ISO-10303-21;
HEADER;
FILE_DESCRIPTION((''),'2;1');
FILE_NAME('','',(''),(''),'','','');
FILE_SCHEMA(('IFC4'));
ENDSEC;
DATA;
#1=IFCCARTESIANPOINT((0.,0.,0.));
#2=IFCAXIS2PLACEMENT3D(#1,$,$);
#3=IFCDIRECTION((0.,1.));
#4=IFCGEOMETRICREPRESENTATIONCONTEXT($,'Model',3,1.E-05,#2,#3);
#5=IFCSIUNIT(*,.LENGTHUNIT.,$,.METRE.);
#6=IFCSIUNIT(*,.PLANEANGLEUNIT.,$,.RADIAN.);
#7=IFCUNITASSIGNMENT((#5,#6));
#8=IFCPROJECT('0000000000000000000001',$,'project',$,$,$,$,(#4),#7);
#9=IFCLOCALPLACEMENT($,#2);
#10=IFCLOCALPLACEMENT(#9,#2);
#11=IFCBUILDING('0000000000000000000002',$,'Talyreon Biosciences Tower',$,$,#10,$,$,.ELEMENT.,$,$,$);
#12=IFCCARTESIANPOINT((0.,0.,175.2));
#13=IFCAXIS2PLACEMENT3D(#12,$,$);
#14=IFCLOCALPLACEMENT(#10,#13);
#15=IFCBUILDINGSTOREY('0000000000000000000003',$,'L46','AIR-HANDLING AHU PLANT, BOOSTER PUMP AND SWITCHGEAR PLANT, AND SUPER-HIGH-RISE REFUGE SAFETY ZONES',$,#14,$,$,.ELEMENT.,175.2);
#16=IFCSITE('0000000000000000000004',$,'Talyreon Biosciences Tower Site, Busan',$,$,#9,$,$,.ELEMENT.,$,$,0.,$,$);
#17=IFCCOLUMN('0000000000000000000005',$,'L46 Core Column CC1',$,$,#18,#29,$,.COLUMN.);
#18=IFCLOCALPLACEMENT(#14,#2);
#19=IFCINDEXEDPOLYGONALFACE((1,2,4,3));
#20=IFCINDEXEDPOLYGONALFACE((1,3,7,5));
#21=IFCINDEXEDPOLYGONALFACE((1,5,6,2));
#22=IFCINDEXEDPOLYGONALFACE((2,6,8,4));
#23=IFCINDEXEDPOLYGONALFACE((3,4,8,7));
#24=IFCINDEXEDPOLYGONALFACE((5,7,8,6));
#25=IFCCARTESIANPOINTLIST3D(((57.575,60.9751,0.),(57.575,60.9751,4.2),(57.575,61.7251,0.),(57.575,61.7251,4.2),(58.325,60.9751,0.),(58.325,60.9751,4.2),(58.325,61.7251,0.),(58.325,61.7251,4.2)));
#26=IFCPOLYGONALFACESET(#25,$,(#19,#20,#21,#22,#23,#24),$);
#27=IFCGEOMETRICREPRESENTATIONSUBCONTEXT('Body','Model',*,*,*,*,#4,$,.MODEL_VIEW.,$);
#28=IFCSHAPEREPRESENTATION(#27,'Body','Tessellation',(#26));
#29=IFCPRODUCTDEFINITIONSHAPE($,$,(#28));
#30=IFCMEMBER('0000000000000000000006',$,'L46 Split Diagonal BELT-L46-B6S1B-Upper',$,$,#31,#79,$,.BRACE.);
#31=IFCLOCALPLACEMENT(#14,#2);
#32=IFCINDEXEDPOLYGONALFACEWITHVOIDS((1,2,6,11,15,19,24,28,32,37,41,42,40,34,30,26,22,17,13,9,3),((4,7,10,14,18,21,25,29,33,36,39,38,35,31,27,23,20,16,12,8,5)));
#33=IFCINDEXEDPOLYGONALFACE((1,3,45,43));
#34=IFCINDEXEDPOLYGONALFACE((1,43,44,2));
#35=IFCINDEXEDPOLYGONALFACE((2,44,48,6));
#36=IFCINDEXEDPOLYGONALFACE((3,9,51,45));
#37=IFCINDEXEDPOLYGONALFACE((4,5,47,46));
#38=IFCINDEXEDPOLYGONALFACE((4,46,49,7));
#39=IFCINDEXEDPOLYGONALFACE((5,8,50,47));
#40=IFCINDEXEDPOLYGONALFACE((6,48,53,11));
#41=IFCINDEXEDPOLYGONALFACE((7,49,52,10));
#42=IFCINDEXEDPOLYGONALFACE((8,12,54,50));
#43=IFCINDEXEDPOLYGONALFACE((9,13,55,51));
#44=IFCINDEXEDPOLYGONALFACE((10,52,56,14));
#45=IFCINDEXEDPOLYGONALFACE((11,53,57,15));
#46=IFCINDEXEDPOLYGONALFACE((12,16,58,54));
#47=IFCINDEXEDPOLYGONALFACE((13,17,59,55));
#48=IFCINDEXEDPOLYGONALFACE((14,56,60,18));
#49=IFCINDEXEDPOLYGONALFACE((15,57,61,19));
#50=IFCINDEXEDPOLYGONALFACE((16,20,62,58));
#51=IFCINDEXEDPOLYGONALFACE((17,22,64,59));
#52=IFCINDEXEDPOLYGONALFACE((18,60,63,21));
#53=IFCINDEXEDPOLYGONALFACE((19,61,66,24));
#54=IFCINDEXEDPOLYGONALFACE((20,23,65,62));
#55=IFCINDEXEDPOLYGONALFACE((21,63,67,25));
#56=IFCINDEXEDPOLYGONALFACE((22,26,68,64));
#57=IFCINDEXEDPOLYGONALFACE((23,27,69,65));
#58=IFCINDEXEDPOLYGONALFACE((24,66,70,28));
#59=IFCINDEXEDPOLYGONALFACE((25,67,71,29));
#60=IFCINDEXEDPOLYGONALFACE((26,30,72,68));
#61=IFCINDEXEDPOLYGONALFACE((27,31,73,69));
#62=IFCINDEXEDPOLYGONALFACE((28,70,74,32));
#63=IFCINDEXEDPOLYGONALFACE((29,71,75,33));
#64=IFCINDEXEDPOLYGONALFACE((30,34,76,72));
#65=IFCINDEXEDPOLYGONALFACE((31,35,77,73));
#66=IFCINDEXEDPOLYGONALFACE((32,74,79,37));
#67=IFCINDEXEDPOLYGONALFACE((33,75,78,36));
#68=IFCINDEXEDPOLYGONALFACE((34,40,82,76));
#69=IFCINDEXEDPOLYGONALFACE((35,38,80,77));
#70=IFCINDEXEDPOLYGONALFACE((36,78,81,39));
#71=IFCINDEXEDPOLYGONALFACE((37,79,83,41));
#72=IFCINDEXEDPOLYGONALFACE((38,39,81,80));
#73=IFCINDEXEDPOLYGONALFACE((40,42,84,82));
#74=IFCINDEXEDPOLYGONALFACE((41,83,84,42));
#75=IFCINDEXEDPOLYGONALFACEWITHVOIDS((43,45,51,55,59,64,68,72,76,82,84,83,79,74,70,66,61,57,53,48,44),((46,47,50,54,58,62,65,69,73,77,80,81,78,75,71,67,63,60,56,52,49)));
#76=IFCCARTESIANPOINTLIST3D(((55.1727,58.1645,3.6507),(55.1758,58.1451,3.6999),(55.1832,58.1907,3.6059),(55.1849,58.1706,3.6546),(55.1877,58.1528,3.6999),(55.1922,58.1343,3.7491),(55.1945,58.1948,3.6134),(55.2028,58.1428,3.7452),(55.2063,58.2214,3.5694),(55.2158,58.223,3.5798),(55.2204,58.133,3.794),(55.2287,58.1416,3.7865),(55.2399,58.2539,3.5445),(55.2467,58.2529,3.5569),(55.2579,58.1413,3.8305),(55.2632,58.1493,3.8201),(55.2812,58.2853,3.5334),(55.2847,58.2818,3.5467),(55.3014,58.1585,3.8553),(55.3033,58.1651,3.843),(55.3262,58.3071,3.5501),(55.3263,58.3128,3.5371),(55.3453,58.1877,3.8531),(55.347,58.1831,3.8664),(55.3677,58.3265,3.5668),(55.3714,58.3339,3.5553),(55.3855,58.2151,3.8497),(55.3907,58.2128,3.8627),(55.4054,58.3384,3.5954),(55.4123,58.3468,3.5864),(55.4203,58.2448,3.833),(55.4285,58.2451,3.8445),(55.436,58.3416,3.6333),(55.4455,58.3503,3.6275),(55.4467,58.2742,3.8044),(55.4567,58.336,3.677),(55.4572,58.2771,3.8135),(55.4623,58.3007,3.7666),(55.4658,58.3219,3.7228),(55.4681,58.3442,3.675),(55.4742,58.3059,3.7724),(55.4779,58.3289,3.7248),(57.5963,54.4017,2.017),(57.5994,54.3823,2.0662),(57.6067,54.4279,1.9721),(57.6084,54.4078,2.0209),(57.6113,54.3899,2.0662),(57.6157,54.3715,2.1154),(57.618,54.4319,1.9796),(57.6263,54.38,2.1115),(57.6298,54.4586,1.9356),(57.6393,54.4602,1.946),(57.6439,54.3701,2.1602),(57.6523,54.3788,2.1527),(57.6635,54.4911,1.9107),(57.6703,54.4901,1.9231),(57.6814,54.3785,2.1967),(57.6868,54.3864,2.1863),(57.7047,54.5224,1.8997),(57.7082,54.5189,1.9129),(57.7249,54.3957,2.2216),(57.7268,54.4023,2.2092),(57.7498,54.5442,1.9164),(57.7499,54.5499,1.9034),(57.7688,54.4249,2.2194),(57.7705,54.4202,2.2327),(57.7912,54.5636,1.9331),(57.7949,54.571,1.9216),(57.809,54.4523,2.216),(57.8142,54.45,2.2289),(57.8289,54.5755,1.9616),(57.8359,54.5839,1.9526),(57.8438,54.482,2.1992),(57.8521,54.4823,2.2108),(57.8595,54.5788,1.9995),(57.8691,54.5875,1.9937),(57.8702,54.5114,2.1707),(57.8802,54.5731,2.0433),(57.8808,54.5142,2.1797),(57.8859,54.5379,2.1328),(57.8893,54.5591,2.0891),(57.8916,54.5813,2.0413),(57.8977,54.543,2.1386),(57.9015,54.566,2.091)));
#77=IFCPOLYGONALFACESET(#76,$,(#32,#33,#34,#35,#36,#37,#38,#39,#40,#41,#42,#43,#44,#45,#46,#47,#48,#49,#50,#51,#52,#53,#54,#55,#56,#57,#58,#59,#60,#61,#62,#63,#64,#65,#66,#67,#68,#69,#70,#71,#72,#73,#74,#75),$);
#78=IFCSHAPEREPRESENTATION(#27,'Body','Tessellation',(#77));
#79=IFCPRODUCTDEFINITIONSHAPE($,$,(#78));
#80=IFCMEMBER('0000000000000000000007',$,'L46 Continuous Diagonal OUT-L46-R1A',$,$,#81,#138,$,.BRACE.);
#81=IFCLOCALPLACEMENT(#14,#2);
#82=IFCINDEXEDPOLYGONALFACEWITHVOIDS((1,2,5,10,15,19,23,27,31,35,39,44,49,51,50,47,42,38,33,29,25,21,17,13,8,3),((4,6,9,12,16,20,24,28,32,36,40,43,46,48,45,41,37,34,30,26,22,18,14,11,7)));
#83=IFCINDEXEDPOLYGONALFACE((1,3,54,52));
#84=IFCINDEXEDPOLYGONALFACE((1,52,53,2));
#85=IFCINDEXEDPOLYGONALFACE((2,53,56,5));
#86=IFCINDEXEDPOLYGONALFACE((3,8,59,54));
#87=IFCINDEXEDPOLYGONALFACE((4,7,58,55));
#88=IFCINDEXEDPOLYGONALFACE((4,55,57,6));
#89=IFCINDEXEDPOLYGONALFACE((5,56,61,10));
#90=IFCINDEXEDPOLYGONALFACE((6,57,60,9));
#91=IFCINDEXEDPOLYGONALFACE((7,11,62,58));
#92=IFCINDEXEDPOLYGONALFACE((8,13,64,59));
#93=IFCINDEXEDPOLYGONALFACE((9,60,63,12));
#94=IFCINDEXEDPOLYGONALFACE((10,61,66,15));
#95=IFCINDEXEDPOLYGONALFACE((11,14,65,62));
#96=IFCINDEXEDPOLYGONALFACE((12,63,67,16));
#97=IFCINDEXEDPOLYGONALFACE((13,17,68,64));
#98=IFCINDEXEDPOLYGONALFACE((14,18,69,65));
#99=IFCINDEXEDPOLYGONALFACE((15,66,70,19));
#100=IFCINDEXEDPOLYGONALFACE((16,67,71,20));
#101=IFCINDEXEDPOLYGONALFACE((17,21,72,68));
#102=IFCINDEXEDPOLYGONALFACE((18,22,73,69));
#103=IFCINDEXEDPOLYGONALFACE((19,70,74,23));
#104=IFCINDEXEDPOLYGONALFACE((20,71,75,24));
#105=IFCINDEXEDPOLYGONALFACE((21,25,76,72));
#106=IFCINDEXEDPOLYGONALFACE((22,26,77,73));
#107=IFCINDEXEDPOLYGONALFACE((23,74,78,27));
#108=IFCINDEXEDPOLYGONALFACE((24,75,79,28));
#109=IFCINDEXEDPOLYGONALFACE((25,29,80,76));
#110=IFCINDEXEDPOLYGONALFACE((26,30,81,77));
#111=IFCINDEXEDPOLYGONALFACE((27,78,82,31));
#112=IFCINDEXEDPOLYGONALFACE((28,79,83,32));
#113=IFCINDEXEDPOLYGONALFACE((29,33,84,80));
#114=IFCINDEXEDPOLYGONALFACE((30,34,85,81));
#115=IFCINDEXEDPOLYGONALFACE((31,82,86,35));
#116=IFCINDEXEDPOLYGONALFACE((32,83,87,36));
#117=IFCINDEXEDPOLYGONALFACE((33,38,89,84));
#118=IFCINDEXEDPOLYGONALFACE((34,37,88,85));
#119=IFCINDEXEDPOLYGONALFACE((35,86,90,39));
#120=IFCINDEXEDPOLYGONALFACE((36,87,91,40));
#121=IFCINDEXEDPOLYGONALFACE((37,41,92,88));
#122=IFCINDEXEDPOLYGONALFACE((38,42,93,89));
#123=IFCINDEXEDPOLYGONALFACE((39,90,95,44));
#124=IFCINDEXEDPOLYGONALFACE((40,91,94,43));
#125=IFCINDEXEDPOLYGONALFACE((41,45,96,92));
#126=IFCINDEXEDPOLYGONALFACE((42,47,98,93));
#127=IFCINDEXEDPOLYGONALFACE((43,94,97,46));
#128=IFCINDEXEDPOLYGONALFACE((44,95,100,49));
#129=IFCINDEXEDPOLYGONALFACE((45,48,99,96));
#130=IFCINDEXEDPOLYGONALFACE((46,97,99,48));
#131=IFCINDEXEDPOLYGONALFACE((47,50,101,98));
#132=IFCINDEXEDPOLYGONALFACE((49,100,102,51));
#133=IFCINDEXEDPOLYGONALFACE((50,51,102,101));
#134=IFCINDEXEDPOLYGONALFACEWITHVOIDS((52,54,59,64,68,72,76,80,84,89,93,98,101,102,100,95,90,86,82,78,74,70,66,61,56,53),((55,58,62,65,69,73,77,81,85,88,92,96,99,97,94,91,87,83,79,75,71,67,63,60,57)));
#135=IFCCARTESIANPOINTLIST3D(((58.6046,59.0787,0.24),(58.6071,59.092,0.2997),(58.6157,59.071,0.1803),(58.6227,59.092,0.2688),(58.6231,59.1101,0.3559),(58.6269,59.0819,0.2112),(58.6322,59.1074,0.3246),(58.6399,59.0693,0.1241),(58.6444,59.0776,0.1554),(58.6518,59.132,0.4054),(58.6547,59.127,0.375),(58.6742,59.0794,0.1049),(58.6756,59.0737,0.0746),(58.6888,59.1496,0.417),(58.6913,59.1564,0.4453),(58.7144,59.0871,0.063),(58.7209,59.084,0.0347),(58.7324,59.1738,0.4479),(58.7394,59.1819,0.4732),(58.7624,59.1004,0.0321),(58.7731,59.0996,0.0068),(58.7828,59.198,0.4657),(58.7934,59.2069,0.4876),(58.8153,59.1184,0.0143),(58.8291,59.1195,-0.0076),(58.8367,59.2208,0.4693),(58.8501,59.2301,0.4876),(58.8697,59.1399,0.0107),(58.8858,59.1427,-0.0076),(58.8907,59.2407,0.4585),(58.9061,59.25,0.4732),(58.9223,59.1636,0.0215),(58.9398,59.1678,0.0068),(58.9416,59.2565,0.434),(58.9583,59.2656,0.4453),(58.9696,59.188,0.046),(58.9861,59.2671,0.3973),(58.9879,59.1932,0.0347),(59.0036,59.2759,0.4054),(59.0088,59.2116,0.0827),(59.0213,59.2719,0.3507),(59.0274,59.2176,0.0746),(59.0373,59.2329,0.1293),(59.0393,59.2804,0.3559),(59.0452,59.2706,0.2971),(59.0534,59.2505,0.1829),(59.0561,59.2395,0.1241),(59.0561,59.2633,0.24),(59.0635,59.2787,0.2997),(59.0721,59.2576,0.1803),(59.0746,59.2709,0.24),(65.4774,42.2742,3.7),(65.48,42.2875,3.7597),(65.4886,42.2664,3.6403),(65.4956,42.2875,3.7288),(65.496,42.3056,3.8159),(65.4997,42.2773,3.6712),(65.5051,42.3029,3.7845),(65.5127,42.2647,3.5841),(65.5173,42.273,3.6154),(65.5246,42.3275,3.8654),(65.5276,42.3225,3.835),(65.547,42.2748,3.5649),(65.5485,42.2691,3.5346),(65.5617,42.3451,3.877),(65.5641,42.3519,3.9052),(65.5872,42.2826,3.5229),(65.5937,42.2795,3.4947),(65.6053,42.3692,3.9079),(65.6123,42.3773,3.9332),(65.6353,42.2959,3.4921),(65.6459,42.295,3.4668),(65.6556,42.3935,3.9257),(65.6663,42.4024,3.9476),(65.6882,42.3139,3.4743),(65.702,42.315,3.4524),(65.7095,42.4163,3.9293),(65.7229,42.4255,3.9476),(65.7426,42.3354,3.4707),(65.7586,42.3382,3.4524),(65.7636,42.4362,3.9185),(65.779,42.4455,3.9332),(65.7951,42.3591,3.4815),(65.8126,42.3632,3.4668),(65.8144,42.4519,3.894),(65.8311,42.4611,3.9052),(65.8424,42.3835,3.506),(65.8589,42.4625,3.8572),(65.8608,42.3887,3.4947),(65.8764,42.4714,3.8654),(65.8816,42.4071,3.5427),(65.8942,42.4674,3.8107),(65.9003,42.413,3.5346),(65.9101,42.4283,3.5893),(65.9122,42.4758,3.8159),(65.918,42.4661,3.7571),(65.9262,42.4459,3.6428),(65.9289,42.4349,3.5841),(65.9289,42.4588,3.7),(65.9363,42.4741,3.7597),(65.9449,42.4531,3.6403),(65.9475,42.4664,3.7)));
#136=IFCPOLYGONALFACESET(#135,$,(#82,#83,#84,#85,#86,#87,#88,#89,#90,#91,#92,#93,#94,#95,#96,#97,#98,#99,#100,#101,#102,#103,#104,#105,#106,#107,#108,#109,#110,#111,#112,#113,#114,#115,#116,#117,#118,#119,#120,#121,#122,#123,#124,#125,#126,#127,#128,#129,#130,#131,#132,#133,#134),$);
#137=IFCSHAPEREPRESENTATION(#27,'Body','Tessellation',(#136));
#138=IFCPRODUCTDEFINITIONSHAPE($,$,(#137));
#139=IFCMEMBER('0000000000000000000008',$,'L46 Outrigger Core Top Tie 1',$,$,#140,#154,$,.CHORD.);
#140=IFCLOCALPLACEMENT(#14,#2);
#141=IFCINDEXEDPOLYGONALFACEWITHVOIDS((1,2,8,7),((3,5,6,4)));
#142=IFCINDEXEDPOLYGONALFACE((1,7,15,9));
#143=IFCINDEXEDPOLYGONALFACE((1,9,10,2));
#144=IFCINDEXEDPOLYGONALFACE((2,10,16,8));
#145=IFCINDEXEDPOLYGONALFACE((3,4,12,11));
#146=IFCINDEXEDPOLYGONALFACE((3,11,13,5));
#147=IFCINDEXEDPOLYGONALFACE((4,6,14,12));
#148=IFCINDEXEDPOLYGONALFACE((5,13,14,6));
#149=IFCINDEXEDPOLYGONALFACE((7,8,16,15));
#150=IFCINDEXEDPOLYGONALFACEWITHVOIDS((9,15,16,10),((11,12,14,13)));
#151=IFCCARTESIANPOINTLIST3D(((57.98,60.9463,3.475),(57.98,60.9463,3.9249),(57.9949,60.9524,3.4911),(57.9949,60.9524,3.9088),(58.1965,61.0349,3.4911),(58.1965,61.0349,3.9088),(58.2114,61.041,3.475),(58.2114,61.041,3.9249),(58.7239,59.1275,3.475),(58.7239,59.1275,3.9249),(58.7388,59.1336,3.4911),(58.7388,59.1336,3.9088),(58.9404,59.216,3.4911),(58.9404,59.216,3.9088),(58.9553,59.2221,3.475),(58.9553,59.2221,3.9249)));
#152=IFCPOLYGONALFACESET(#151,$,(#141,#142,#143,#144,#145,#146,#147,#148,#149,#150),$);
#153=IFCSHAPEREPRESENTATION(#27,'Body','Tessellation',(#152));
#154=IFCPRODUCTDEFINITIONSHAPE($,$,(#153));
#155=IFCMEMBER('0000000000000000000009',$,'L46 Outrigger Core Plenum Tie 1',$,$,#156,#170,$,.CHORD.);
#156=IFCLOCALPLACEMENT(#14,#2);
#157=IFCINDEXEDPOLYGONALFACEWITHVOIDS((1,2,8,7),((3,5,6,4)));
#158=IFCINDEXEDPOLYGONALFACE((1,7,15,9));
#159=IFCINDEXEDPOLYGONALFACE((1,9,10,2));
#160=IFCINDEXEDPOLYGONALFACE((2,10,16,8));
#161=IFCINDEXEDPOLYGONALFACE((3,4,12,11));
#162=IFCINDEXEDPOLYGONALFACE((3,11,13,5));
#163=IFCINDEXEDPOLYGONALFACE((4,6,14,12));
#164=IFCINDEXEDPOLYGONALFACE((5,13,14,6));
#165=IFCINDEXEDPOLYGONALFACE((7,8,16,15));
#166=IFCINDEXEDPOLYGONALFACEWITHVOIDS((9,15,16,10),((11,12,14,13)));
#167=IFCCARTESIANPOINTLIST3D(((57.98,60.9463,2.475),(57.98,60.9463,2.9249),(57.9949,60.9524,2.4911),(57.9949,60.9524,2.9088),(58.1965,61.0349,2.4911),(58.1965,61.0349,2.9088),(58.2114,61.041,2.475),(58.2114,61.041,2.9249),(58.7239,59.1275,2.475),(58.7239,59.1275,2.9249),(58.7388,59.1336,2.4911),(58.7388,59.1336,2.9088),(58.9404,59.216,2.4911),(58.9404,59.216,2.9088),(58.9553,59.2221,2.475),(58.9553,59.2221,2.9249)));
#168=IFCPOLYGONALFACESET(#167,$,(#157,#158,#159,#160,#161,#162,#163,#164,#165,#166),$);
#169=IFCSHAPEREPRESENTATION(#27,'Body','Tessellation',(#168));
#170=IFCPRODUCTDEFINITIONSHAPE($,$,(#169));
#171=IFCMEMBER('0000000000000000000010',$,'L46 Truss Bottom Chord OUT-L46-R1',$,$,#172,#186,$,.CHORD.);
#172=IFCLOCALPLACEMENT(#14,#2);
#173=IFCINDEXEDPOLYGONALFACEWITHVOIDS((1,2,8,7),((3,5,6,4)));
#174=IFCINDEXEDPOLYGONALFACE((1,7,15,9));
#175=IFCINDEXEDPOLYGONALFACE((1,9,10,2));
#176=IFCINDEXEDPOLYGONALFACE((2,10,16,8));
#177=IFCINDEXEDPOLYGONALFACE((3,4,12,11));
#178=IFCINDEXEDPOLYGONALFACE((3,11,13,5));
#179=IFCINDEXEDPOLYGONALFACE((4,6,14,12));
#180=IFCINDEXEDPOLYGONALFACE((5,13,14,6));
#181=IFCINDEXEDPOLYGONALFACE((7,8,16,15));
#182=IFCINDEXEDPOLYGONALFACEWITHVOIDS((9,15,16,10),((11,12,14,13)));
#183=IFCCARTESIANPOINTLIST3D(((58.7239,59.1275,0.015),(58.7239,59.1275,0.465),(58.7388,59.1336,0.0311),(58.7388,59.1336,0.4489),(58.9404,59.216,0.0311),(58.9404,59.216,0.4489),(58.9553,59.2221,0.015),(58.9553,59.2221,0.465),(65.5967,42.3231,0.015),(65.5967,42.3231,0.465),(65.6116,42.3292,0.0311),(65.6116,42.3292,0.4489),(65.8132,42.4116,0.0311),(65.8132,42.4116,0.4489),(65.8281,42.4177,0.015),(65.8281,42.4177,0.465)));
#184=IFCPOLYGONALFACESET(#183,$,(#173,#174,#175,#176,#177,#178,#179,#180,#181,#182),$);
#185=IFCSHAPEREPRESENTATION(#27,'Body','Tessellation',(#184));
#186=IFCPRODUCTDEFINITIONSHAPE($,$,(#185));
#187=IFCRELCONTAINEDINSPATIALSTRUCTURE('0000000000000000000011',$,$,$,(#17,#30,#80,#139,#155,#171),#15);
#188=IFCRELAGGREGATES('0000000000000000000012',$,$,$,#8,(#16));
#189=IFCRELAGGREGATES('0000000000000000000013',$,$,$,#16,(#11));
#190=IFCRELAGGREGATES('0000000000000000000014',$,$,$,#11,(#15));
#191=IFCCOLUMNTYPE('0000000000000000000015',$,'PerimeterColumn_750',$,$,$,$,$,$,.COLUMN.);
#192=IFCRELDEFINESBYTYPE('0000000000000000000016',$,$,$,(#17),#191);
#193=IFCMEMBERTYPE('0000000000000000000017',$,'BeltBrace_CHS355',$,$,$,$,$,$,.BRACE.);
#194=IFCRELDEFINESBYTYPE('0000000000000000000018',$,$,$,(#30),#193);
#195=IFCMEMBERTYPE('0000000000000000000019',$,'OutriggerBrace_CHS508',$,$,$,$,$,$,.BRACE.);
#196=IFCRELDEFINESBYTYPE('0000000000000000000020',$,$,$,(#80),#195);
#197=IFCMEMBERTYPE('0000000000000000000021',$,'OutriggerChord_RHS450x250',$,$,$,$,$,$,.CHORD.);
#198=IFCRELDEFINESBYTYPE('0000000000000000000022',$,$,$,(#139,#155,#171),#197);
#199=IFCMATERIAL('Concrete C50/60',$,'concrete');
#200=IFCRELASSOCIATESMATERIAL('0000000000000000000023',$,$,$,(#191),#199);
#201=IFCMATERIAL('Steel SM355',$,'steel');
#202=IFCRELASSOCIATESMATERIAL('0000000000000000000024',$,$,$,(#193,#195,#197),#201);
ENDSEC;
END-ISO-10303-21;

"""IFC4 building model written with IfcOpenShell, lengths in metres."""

from ifc_helpers import new_model, si_unit, direction, frame, origin, origin_2d, place, context, subcontext, project, spatial, rectangle, hollow_rectangle, hollow_circle, extrude, material, material_profile, profile_set, type_object, element, save


model = new_model("IFC4")

# Units and contexts
model_context = context("Model", 3, precision=1e-05, world=origin(), true_north=direction((0.0, 1.0)))
body_context = subcontext(model_context, "Body", "Model", "MODEL_VIEW")
ifc_project = project(units=[si_unit("LENGTHUNIT", "METRE"), si_unit("PLANEANGLEUNIT", "RADIAN")], contexts=[model_context])

# Site, building, storey
site_placement = place(None, origin())
site = spatial("IfcSite", under=ifc_project, at=site_placement, Name="Talyreon Biosciences Tower Site, Busan", CompositionType="ELEMENT", RefElevation=0.0)
building_placement = place(site_placement, origin())
building = spatial("IfcBuilding", under=site, at=building_placement, Name="Talyreon Biosciences Tower", CompositionType="ELEMENT")
storey_placement = place(building_placement, frame((0.0, 0.0, 175.2)))
storey = spatial("IfcBuildingStorey", under=building, at=storey_placement, Name="L46", Description="AIR-HANDLING AHU PLANT, BOOSTER PUMP AND SWITCHGEAR PLANT, AND SUPER-HIGH-RISE REFUGE SAFETY ZONES", CompositionType="ELEMENT", Elevation=175.2)

# Column
ifc_material_1 = material(Name="Concrete C50/60", Category="concrete")
ifc_material_profile_1 = material_profile(ifc_material_1, rectangle(XDim=0.75, YDim=0.75, at=origin_2d()), Name="RC 750x750")
ifc_profile_set_1 = profile_set([ifc_material_profile_1], Name="Concrete C50/60")
column_type = type_object("IfcColumnType", Name="PerimeterColumn_750", PredefinedType="COLUMN", material=ifc_profile_set_1)
column_placement = place(storey_placement, frame((57.95, 61.3501, 0.0), z_axis=(0.0, 0.0, 1.0), x_axis=(1.0, 0.0, 0.0)))
element("IfcColumn", 1, at=column_placement, inside=storey, type_object=column_type, Name="L46 Core Column CC1", PredefinedType="COLUMN", context=body_context, shape_type="SweptSolid", body=[
    extrude(rectangle(XDim=0.75, YDim=0.75, at=origin_2d()), origin(), (0.0, 0.0, 1.0), 4.2),
])

# Members
ifc_material_2 = material(Name="Steel SM355", Category="steel")
ifc_material_profile_2 = material_profile(ifc_material_2, hollow_circle(Radius=0.1777, WallThickness=0.0142, at=origin_2d()), Name="CHS 355.6x14.2")
ifc_profile_set_2 = profile_set([ifc_material_profile_2], Name="Steel SM355")
member_type_1 = type_object("IfcMemberType", Name="BeltBrace_CHS355", PredefinedType="BRACE", material=ifc_profile_set_2)
member_1_placement = place(storey_placement, frame((57.7488, 54.4785, 2.0662), z_axis=(-0.50865, 0.789747, 0.342892), x_axis=(-0.840716, -0.541477, 0.0)))
element("IfcMember", 2, at=member_1_placement, inside=storey, type_object=member_type_1, Name="L46 Split Diagonal BELT-L46-B6S1B-Upper", PredefinedType="BRACE", context=body_context, shape_type="SweptSolid", body=[
    extrude(hollow_circle(Radius=0.1777, WallThickness=0.0142, at=origin_2d()), origin(), (0.0, 0.0, 1.0), 4.7646),
])
ifc_material_profile_3 = material_profile(ifc_material_2, hollow_circle(Radius=0.2539, WallThickness=0.02, at=origin_2d()), Name="CHS 508x20")
ifc_profile_set_3 = profile_set([ifc_material_profile_3], Name="Steel SM355")
member_type_2 = type_object("IfcMemberType", Name="OutriggerBrace_CHS508", PredefinedType="BRACE", material=ifc_profile_set_3)
member_2_placement = place(storey_placement, frame((58.8396, 59.1748, 0.24), z_axis=(0.371858, -0.909217, 0.187204), x_axis=(0.925581, 0.378551, 0.0)))
element("IfcMember", 3, at=member_2_placement, inside=storey, type_object=member_type_2, Name="L46 Continuous Diagonal OUT-L46-R1A", PredefinedType="BRACE", context=body_context, shape_type="SweptSolid", body=[
    extrude(hollow_circle(Radius=0.2539, WallThickness=0.02, at=origin_2d()), origin(), (0.0, 0.0, 1.0), 18.4824),
])
ifc_material_profile_4 = material_profile(ifc_material_2, hollow_rectangle(XDim=0.25, YDim=0.45, WallThickness=0.0161, at=origin_2d()), Name="RHS 450x250x16")
ifc_profile_set_4 = profile_set([ifc_material_profile_4], Name="Steel SM355")
member_type_3 = type_object("IfcMemberType", Name="OutriggerChord_RHS450x250", PredefinedType="CHORD", material=ifc_profile_set_4)
for number, where, z_axis, x_axis, name in (
    (4, (58.0957, 60.9937, 3.7), (0.378555, -0.925579, 0.0), (0.925579, 0.378555, 0.0), "L46 Outrigger Core Top Tie 1"),
    (5, (58.0957, 60.9937, 2.7), (0.378555, -0.925579, 0.0), (0.925579, 0.378555, 0.0), "L46 Outrigger Core Plenum Tie 1"),
):
    element("IfcMember", number, at=place(storey_placement, frame(where, z_axis=z_axis, x_axis=x_axis)), inside=storey, type_object=member_type_3, Name=name, PredefinedType="CHORD", context=body_context, shape_type="SweptSolid", body=[
        extrude(hollow_rectangle(XDim=0.25, YDim=0.45, WallThickness=0.0161, at=origin_2d()), origin(), (0.0, 0.0, 1.0), 1.9651),
    ])
for number, where, z_axis, x_axis, name in (
    (6, (58.8396, 59.1748, 0.24), (0.378551, -0.925581, 0.0), (0.925581, 0.378551, 0.0), "L46 Truss Bottom Chord OUT-L46-R1"),
):
    element("IfcMember", number, at=place(storey_placement, frame(where, z_axis=z_axis, x_axis=x_axis)), inside=storey, type_object=member_type_3, Name=name, PredefinedType="CHORD", context=body_context, shape_type="SweptSolid", body=[
        extrude(hollow_rectangle(XDim=0.25, YDim=0.45, WallThickness=0.0161, at=origin_2d()), origin(), (0.0, 0.0, 1.0), 18.1555),
    ])

save(model, "model.ifc")
